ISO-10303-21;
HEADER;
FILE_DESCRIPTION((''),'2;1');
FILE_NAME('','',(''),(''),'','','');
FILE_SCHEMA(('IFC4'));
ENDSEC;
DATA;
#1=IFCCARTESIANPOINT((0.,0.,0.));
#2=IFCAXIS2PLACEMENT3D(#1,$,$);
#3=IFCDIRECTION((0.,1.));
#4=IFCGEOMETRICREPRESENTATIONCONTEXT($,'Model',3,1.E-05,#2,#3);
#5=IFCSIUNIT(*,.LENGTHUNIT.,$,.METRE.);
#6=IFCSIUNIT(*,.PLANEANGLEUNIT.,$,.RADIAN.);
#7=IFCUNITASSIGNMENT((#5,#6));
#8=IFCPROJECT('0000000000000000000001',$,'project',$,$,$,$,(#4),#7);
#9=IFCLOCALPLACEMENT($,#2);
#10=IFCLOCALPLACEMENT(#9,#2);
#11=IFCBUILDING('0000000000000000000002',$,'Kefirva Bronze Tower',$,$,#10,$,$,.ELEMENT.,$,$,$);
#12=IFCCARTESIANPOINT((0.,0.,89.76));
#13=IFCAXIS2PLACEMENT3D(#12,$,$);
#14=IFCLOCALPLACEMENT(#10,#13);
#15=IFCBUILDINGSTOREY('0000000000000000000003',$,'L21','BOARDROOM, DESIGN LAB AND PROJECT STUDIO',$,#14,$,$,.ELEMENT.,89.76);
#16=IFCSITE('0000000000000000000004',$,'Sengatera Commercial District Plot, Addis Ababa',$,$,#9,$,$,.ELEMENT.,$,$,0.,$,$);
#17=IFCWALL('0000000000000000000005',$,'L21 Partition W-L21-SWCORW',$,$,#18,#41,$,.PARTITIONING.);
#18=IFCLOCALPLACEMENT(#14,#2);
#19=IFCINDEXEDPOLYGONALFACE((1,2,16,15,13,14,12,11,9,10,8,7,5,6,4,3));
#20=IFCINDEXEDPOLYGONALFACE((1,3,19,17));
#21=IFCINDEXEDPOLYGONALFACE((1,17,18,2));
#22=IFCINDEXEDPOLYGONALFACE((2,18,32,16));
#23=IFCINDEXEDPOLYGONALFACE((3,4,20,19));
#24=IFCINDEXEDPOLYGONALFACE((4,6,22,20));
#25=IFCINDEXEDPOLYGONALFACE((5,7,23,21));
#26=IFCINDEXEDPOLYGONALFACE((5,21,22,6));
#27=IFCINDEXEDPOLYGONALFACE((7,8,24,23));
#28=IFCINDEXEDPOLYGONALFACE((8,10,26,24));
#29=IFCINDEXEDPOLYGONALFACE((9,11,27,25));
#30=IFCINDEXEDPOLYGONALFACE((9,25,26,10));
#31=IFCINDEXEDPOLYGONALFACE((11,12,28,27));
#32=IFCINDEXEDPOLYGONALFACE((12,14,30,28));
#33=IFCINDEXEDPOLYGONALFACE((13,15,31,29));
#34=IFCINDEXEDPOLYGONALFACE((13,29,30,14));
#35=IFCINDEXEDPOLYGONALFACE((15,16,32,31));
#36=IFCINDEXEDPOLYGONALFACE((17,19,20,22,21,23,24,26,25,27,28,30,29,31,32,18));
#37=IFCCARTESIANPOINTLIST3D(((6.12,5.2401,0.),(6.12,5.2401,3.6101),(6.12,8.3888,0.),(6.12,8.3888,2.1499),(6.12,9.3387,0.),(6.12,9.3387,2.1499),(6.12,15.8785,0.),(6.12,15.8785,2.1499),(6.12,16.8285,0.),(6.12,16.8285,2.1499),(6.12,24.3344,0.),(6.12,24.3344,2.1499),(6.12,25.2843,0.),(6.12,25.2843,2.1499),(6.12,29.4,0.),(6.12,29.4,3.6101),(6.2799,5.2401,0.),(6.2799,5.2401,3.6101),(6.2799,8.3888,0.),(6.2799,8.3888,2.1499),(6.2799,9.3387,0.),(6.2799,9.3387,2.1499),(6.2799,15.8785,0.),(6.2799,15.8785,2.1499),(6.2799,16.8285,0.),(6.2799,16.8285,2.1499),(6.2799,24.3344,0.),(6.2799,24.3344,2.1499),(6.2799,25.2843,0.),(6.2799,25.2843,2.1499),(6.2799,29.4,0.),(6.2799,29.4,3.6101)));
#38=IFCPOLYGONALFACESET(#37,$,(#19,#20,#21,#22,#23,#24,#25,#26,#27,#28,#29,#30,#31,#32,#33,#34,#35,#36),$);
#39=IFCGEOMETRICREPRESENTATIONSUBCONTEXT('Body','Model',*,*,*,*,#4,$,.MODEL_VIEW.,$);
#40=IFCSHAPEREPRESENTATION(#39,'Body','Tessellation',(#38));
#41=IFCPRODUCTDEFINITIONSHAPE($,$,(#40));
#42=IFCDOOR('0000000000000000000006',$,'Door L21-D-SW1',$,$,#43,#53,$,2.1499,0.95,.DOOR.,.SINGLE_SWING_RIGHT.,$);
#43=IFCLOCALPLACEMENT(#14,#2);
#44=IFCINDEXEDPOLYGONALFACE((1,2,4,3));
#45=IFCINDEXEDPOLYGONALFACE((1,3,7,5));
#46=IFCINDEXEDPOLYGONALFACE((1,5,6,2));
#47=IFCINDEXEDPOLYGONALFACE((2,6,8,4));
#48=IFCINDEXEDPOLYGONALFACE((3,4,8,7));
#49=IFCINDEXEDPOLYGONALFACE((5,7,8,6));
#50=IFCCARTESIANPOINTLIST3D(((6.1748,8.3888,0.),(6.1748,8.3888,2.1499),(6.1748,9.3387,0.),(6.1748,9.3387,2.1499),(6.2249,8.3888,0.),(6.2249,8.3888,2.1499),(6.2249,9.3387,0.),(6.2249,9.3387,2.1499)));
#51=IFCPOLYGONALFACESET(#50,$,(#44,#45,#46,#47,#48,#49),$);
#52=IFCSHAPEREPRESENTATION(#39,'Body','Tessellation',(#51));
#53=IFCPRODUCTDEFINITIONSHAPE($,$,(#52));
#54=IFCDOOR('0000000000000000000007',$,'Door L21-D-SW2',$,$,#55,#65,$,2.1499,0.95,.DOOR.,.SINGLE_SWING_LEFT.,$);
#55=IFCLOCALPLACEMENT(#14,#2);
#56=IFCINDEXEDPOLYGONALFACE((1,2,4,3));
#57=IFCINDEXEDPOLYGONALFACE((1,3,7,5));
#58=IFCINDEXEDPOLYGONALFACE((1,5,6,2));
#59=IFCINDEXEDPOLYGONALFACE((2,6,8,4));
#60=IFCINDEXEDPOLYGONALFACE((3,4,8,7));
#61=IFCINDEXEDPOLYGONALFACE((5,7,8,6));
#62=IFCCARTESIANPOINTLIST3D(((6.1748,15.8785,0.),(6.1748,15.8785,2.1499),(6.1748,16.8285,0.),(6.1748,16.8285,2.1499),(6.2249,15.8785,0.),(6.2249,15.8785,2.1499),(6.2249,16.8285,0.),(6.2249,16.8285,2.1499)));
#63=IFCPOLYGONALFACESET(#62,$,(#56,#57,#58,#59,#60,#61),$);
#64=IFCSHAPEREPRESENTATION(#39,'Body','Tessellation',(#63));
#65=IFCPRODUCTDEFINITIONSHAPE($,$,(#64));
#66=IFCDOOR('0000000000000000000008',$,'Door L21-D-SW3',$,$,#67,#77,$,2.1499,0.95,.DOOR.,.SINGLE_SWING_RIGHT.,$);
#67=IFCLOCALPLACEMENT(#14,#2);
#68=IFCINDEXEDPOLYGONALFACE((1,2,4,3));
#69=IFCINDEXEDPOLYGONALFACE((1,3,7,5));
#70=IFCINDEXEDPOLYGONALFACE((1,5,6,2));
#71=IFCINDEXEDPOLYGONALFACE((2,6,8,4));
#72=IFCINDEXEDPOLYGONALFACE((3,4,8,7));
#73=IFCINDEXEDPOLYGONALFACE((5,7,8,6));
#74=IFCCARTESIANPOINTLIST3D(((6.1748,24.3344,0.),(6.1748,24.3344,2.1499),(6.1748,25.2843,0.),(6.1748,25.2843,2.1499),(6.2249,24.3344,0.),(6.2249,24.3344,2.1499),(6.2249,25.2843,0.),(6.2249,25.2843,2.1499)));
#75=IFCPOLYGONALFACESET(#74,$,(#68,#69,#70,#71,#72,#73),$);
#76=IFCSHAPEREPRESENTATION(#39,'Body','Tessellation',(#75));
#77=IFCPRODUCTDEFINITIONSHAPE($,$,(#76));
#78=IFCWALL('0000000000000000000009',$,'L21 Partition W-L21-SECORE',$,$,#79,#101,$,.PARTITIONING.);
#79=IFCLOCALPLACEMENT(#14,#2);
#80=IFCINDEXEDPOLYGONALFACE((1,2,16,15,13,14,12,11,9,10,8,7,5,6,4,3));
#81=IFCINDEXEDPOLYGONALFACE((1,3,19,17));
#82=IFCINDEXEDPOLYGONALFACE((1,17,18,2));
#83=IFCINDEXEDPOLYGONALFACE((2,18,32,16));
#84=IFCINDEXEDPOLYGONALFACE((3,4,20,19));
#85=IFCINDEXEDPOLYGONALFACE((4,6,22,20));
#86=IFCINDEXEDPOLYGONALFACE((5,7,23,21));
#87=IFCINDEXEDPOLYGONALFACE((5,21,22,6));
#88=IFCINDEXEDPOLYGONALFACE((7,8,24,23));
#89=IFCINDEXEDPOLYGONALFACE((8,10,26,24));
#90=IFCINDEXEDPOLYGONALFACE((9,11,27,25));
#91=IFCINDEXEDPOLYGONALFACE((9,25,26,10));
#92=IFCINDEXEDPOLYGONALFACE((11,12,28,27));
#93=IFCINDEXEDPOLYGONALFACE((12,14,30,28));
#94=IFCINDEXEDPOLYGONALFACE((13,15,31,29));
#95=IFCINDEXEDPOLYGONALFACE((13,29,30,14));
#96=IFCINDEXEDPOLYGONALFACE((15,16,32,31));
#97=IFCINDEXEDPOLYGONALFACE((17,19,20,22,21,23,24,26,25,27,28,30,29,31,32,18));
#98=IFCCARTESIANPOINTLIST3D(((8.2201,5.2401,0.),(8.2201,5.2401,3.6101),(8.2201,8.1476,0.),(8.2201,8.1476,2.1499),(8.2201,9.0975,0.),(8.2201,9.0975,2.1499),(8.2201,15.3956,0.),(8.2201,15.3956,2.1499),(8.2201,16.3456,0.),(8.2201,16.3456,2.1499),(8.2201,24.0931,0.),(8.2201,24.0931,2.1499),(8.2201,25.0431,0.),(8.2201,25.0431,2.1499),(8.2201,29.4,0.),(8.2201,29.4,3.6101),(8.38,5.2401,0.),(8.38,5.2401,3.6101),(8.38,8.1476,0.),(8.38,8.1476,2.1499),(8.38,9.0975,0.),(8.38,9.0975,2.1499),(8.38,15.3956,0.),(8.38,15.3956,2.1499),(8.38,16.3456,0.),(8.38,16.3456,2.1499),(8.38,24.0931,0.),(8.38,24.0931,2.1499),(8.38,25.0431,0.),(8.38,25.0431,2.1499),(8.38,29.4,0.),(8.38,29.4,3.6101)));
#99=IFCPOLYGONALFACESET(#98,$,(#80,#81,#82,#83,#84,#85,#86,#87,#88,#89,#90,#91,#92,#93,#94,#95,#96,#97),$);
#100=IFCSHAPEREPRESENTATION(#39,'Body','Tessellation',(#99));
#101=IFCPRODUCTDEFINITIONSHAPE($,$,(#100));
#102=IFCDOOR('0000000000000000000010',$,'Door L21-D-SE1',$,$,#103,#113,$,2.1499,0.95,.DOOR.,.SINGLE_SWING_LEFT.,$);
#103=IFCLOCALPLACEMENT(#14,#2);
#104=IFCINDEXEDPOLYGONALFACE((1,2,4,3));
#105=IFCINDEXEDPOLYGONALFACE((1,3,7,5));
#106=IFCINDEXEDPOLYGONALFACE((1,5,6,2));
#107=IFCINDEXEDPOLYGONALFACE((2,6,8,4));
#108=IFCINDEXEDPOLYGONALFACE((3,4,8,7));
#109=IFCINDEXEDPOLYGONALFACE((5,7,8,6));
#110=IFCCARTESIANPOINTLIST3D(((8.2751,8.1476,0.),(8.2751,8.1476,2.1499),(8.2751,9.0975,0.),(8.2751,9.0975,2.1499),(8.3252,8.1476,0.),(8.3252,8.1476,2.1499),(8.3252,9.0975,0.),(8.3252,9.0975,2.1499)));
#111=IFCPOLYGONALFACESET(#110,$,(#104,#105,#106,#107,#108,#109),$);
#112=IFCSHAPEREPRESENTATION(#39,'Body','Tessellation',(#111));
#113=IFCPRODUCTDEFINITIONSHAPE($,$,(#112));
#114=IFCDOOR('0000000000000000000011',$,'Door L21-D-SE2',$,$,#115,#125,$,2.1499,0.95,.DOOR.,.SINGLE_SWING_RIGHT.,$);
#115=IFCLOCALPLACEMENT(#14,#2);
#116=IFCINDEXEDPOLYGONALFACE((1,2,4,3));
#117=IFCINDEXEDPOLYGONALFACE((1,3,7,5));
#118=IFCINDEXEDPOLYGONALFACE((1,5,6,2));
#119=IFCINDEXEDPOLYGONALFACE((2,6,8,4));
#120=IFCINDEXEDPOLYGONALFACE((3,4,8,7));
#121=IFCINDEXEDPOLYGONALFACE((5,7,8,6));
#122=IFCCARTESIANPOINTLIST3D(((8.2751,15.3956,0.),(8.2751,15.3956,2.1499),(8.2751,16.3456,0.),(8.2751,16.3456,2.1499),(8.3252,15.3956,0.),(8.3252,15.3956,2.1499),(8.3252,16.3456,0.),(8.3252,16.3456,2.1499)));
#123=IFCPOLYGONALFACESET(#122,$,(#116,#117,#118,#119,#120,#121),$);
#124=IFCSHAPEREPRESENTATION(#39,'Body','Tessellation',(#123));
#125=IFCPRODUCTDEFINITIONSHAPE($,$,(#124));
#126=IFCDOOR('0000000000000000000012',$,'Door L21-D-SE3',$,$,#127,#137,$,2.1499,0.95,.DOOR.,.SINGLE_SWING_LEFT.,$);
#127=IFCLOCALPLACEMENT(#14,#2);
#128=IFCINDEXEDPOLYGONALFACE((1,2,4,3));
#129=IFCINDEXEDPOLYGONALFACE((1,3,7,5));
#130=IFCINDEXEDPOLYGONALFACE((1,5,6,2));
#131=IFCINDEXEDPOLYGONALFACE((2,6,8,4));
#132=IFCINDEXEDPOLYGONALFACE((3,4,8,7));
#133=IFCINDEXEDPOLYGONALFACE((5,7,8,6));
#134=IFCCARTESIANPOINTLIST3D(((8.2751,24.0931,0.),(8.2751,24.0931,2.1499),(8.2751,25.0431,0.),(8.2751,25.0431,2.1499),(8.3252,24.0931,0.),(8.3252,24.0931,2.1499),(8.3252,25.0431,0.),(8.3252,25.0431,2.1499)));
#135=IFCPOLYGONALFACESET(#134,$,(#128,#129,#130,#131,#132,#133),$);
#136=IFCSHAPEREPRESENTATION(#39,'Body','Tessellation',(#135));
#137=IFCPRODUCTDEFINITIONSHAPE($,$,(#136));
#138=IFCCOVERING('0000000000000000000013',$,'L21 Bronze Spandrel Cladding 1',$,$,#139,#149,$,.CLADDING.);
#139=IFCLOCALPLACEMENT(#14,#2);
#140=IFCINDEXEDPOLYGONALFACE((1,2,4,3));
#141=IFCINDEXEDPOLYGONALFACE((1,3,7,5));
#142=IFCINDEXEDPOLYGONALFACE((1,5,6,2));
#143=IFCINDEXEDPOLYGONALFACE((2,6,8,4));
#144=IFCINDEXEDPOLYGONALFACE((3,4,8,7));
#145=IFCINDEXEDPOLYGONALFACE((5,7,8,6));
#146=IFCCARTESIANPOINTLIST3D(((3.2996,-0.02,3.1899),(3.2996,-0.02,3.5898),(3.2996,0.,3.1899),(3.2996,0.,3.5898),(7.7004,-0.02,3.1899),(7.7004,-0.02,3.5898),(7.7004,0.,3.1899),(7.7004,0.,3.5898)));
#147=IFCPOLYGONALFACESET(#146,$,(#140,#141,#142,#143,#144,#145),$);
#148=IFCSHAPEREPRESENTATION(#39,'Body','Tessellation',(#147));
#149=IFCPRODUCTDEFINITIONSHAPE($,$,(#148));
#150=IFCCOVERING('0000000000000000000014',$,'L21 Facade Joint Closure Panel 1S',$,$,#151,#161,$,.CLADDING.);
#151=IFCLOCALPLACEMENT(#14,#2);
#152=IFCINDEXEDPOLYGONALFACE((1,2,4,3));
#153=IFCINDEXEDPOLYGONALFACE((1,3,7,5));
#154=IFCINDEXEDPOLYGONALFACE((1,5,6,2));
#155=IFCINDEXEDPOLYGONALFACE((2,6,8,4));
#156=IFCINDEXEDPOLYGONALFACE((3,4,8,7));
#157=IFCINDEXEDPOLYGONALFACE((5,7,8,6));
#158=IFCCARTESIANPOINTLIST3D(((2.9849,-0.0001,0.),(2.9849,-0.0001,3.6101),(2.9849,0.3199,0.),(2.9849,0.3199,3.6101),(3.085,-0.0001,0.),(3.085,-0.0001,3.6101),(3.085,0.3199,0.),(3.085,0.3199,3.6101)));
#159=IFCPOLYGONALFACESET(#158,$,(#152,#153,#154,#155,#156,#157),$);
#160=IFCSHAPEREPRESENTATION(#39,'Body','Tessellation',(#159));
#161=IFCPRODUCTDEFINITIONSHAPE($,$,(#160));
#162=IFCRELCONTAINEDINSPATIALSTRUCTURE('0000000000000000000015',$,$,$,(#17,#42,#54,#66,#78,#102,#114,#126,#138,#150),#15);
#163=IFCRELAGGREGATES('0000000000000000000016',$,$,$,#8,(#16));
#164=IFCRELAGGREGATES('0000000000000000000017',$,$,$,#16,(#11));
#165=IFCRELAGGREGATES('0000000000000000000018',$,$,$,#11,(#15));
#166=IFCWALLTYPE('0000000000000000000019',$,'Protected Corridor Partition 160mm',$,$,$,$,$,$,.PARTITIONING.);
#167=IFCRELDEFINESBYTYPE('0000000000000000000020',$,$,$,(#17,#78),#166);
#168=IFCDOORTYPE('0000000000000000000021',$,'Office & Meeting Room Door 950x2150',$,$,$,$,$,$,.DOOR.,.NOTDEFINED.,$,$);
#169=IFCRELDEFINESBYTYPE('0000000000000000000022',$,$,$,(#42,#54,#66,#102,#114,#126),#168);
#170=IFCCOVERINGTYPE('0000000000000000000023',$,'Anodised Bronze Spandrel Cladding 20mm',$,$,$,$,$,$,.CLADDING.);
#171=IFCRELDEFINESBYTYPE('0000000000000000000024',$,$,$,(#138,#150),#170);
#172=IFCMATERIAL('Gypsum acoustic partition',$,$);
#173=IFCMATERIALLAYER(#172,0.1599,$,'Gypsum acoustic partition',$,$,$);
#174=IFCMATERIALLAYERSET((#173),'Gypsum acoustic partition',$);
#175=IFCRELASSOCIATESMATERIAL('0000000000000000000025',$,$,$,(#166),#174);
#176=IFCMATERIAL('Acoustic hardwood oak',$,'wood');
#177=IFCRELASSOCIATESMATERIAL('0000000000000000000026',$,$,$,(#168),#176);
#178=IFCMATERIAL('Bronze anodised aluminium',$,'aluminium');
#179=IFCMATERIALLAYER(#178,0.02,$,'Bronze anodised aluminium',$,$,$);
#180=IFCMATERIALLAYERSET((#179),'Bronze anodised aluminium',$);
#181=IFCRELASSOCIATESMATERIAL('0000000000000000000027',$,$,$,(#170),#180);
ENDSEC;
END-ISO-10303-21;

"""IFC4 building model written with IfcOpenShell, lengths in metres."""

from ifc_helpers import new_model, si_unit, direction, frame, frame_2d, origin, origin_2d, place, context, subcontext, project, spatial, rectangle, extrude, material, layer, layer_set, type_object, element, fill, save


model = new_model("IFC4")

# Units and contexts
model_context = context("Model", 3, precision=1e-05, world=origin(), true_north=direction((0.0, 1.0)))
body_context = subcontext(model_context, "Body", "Model", "MODEL_VIEW")
ifc_project = project(units=[si_unit("LENGTHUNIT", "METRE"), si_unit("PLANEANGLEUNIT", "RADIAN")], contexts=[model_context])

# Site, building, storey
site_placement = place(None, origin())
site = spatial("IfcSite", under=ifc_project, at=site_placement, Name="Sengatera Commercial District Plot, Addis Ababa", CompositionType="ELEMENT", RefElevation=0.0)
building_placement = place(site_placement, origin())
building = spatial("IfcBuilding", under=site, at=building_placement, Name="Kefirva Bronze Tower", CompositionType="ELEMENT")
storey_placement = place(building_placement, frame((0.0, 0.0, 89.76)))
storey = spatial("IfcBuildingStorey", under=building, at=storey_placement, Name="L21", Description="BOARDROOM, DESIGN LAB AND PROJECT STUDIO", CompositionType="ELEMENT", Elevation=89.76)

# Walls, openings, doors
ifc_material_1 = material(Name="Gypsum acoustic partition")
ifc_layer_1 = layer(ifc_material_1, 0.1599, Name="Gypsum acoustic partition")
ifc_layer_set_1 = layer_set([ifc_layer_1], Name="Gypsum acoustic partition")
wall_type_1 = type_object("IfcWallType", Name="Protected Corridor Partition 160mm", PredefinedType="PARTITIONING", material=ifc_layer_set_1)
wall_1_placement = place(storey_placement, frame((6.2, 5.24, 0.0), z_axis=(0.0, 0.0, 1.0), x_axis=(0.0, 1.0, 0.0)))
wall_1 = element("IfcWall", 1, at=wall_1_placement, inside=storey, type_object=wall_type_1, Name="L21 Partition W-L21-SWCORW", PredefinedType="PARTITIONING", context=body_context, shape_type="SweptSolid", body=[
    extrude(rectangle(XDim=24.1599, YDim=0.1599, at=frame_2d((12.0801, 0.0))), origin(), (0.0, 0.0, 1.0), 3.6101),
])
opening_1_placement = place(wall_1_placement, frame((4.0989, 0.0, 0.0), z_axis=(0.0, 0.0, 1.0), x_axis=(-1.0, 0.0, 0.0)))
opening_1 = element("IfcOpeningElement", 2, at=opening_1_placement, cuts=wall_1, PredefinedType="OPENING", context=body_context, shape_type="SweptSolid", body=[
    extrude(rectangle(XDim=0.95, YDim=2.1499, at=frame_2d((0.4751, 1.075))), frame((0.0, 0.0898, 0.0), z_axis=(0.0, -1.0, 0.0), x_axis=(1.0, 0.0, 0.0)), (0.0, 0.0, 1.0), 0.1799),
])
opening_2_placement = place(wall_1_placement, frame((11.5886, 0.0, 0.0), z_axis=(0.0, 0.0, 1.0), x_axis=(-1.0, 0.0, 0.0)))
opening_2 = element("IfcOpeningElement", 3, at=opening_2_placement, cuts=wall_1, PredefinedType="OPENING", context=body_context, shape_type="SweptSolid", body=[
    extrude(rectangle(XDim=0.95, YDim=2.1499, at=frame_2d((0.4751, 1.075))), frame((0.0, 0.0898, 0.0), z_axis=(0.0, -1.0, 0.0), x_axis=(1.0, 0.0, 0.0)), (0.0, 0.0, 1.0), 0.1799),
])
opening_3_placement = place(wall_1_placement, frame((20.0444, 0.0, 0.0), z_axis=(0.0, 0.0, 1.0), x_axis=(-1.0, 0.0, 0.0)))
opening_3 = element("IfcOpeningElement", 4, at=opening_3_placement, cuts=wall_1, PredefinedType="OPENING", context=body_context, shape_type="SweptSolid", body=[
    extrude(rectangle(XDim=0.95, YDim=2.1499, at=frame_2d((0.4751, 1.075))), frame((0.0, 0.0898, 0.0), z_axis=(0.0, -1.0, 0.0), x_axis=(1.0, 0.0, 0.0)), (0.0, 0.0, 1.0), 0.1799),
])
ifc_material_2 = material(Name="Acoustic hardwood oak", Category="wood")
door_type = type_object("IfcDoorType", Name="Office & Meeting Room Door 950x2150", OperationType="NOTDEFINED", PredefinedType="DOOR", material=ifc_material_2)
door_1_placement = place(opening_1_placement, origin())
door_1 = element("IfcDoor", 5, at=door_1_placement, inside=storey, type_object=door_type, Name="Door L21-D-SW1", OperationType="SINGLE_SWING_RIGHT", OverallHeight=2.1499, OverallWidth=0.95, PredefinedType="DOOR", context=body_context, shape_type="SweptSolid", body=[
    extrude(rectangle(XDim=0.95, YDim=2.1499, at=frame_2d((0.4751, 1.075))), frame((0.0, 0.0249, 0.0), z_axis=(0.0, -1.0, 0.0), x_axis=(1.0, 0.0, 0.0)), (0.0, 0.0, 1.0), 0.05),
])
fill(opening_1, door_1)
door_2_placement = place(opening_2_placement, origin())
door_2 = element("IfcDoor", 6, at=door_2_placement, inside=storey, type_object=door_type, Name="Door L21-D-SW2", OperationType="SINGLE_SWING_LEFT", OverallHeight=2.1499, OverallWidth=0.95, PredefinedType="DOOR", context=body_context, shape_type="SweptSolid", body=[
    extrude(rectangle(XDim=0.95, YDim=2.1499, at=frame_2d((0.4751, 1.075))), frame((0.0, 0.0249, 0.0), z_axis=(0.0, -1.0, 0.0), x_axis=(1.0, 0.0, 0.0)), (0.0, 0.0, 1.0), 0.05),
])
fill(opening_2, door_2)
door_3_placement = place(opening_3_placement, origin())
door_3 = element("IfcDoor", 7, at=door_3_placement, inside=storey, type_object=door_type, Name="Door L21-D-SW3", OperationType="SINGLE_SWING_RIGHT", OverallHeight=2.1499, OverallWidth=0.95, PredefinedType="DOOR", context=body_context, shape_type="SweptSolid", body=[
    extrude(rectangle(XDim=0.95, YDim=2.1499, at=frame_2d((0.4751, 1.075))), frame((0.0, 0.0249, 0.0), z_axis=(0.0, -1.0, 0.0), x_axis=(1.0, 0.0, 0.0)), (0.0, 0.0, 1.0), 0.05),
])
fill(opening_3, door_3)
wall_2_placement = place(storey_placement, frame((8.3, 5.24, 0.0), z_axis=(0.0, 0.0, 1.0), x_axis=(0.0, 1.0, 0.0)))
wall_2 = element("IfcWall", 8, at=wall_2_placement, inside=storey, type_object=wall_type_1, Name="L21 Partition W-L21-SECORE", PredefinedType="PARTITIONING", context=body_context, shape_type="SweptSolid", body=[
    extrude(rectangle(XDim=24.1599, YDim=0.1599, at=frame_2d((12.0801, 0.0))), origin(), (0.0, 0.0, 1.0), 3.6101),
])
opening_4_placement = place(wall_2_placement, frame((2.9075, 0.0, 0.0)))
opening_4 = element("IfcOpeningElement", 9, at=opening_4_placement, cuts=wall_2, PredefinedType="OPENING", context=body_context, shape_type="SweptSolid", body=[
    extrude(rectangle(XDim=0.95, YDim=2.1499, at=frame_2d((0.4751, 1.075))), frame((0.0, 0.0898, 0.0), z_axis=(0.0, -1.0, 0.0), x_axis=(1.0, 0.0, 0.0)), (0.0, 0.0, 1.0), 0.1799),
])
opening_5_placement = place(wall_2_placement, frame((10.1555, 0.0, 0.0)))
opening_5 = element("IfcOpeningElement", 10, at=opening_5_placement, cuts=wall_2, PredefinedType="OPENING", context=body_context, shape_type="SweptSolid", body=[
    extrude(rectangle(XDim=0.95, YDim=2.1499, at=frame_2d((0.4751, 1.075))), frame((0.0, 0.0898, 0.0), z_axis=(0.0, -1.0, 0.0), x_axis=(1.0, 0.0, 0.0)), (0.0, 0.0, 1.0), 0.1799),
])
opening_6_placement = place(wall_2_placement, frame((18.853, 0.0, 0.0)))
opening_6 = element("IfcOpeningElement", 11, at=opening_6_placement, cuts=wall_2, PredefinedType="OPENING", context=body_context, shape_type="SweptSolid", body=[
    extrude(rectangle(XDim=0.95, YDim=2.1499, at=frame_2d((0.4751, 1.075))), frame((0.0, 0.0898, 0.0), z_axis=(0.0, -1.0, 0.0), x_axis=(1.0, 0.0, 0.0)), (0.0, 0.0, 1.0), 0.1799),
])
door_4_placement = place(opening_4_placement, origin())
door_4 = element("IfcDoor", 12, at=door_4_placement, inside=storey, type_object=door_type, Name="Door L21-D-SE1", OperationType="SINGLE_SWING_LEFT", OverallHeight=2.1499, OverallWidth=0.95, PredefinedType="DOOR", context=body_context, shape_type="SweptSolid", body=[
    extrude(rectangle(XDim=0.95, YDim=2.1499, at=frame_2d((0.4751, 1.075))), frame((0.0, 0.0249, 0.0), z_axis=(0.0, -1.0, 0.0), x_axis=(1.0, 0.0, 0.0)), (0.0, 0.0, 1.0), 0.05),
])
fill(opening_4, door_4)
door_5_placement = place(opening_5_placement, origin())
door_5 = element("IfcDoor", 13, at=door_5_placement, inside=storey, type_object=door_type, Name="Door L21-D-SE2", OperationType="SINGLE_SWING_RIGHT", OverallHeight=2.1499, OverallWidth=0.95, PredefinedType="DOOR", context=body_context, shape_type="SweptSolid", body=[
    extrude(rectangle(XDim=0.95, YDim=2.1499, at=frame_2d((0.4751, 1.075))), frame((0.0, 0.0249, 0.0), z_axis=(0.0, -1.0, 0.0), x_axis=(1.0, 0.0, 0.0)), (0.0, 0.0, 1.0), 0.05),
])
fill(opening_5, door_5)
door_6_placement = place(opening_6_placement, origin())
door_6 = element("IfcDoor", 14, at=door_6_placement, inside=storey, type_object=door_type, Name="Door L21-D-SE3", OperationType="SINGLE_SWING_LEFT", OverallHeight=2.1499, OverallWidth=0.95, PredefinedType="DOOR", context=body_context, shape_type="SweptSolid", body=[
    extrude(rectangle(XDim=0.95, YDim=2.1499, at=frame_2d((0.4751, 1.075))), frame((0.0, 0.0249, 0.0), z_axis=(0.0, -1.0, 0.0), x_axis=(1.0, 0.0, 0.0)), (0.0, 0.0, 1.0), 0.05),
])
fill(opening_6, door_6)

# Coverings
ifc_material_3 = material(Name="Bronze anodised aluminium", Category="aluminium")
ifc_layer_2 = layer(ifc_material_3, 0.02, Name="Bronze anodised aluminium")
ifc_layer_set_2 = layer_set([ifc_layer_2], Name="Bronze anodised aluminium")
covering_type_1 = type_object("IfcCoveringType", Name="Anodised Bronze Spandrel Cladding 20mm", PredefinedType="CLADDING", material=ifc_layer_set_2)
covering_1_placement = place(storey_placement, frame((5.5, -0.01, 3.1899), z_axis=(0.0, 0.0, 1.0), x_axis=(1.0, 0.0, 0.0)))
element("IfcCovering", 15, at=covering_1_placement, inside=storey, type_object=covering_type_1, Name="L21 Bronze Spandrel Cladding 1", PredefinedType="CLADDING", context=body_context, shape_type="SweptSolid", body=[
    extrude(rectangle(XDim=4.4009, YDim=0.02, at=origin_2d()), origin(), (0.0, 0.0, 1.0), 0.3999),
])
for number, where, z_axis, x_axis, name in (
    (16, (3.0349, 0.1599, 0.0), (0.0, 0.0, 1.0), (1.0, 0.0, 0.0), "L21 Facade Joint Closure Panel 1S"),
):
    element("IfcCovering", number, at=place(storey_placement, frame(where, z_axis=z_axis, x_axis=x_axis)), inside=storey, type_object=covering_type_1, Name=name, PredefinedType="CLADDING", context=body_context, shape_type="SweptSolid", body=[
        extrude(rectangle(XDim=0.1001, YDim=0.3201, at=origin_2d()), origin(), (0.0, 0.0, 1.0), 3.6101),
    ])

save(model, "model.ifc")
